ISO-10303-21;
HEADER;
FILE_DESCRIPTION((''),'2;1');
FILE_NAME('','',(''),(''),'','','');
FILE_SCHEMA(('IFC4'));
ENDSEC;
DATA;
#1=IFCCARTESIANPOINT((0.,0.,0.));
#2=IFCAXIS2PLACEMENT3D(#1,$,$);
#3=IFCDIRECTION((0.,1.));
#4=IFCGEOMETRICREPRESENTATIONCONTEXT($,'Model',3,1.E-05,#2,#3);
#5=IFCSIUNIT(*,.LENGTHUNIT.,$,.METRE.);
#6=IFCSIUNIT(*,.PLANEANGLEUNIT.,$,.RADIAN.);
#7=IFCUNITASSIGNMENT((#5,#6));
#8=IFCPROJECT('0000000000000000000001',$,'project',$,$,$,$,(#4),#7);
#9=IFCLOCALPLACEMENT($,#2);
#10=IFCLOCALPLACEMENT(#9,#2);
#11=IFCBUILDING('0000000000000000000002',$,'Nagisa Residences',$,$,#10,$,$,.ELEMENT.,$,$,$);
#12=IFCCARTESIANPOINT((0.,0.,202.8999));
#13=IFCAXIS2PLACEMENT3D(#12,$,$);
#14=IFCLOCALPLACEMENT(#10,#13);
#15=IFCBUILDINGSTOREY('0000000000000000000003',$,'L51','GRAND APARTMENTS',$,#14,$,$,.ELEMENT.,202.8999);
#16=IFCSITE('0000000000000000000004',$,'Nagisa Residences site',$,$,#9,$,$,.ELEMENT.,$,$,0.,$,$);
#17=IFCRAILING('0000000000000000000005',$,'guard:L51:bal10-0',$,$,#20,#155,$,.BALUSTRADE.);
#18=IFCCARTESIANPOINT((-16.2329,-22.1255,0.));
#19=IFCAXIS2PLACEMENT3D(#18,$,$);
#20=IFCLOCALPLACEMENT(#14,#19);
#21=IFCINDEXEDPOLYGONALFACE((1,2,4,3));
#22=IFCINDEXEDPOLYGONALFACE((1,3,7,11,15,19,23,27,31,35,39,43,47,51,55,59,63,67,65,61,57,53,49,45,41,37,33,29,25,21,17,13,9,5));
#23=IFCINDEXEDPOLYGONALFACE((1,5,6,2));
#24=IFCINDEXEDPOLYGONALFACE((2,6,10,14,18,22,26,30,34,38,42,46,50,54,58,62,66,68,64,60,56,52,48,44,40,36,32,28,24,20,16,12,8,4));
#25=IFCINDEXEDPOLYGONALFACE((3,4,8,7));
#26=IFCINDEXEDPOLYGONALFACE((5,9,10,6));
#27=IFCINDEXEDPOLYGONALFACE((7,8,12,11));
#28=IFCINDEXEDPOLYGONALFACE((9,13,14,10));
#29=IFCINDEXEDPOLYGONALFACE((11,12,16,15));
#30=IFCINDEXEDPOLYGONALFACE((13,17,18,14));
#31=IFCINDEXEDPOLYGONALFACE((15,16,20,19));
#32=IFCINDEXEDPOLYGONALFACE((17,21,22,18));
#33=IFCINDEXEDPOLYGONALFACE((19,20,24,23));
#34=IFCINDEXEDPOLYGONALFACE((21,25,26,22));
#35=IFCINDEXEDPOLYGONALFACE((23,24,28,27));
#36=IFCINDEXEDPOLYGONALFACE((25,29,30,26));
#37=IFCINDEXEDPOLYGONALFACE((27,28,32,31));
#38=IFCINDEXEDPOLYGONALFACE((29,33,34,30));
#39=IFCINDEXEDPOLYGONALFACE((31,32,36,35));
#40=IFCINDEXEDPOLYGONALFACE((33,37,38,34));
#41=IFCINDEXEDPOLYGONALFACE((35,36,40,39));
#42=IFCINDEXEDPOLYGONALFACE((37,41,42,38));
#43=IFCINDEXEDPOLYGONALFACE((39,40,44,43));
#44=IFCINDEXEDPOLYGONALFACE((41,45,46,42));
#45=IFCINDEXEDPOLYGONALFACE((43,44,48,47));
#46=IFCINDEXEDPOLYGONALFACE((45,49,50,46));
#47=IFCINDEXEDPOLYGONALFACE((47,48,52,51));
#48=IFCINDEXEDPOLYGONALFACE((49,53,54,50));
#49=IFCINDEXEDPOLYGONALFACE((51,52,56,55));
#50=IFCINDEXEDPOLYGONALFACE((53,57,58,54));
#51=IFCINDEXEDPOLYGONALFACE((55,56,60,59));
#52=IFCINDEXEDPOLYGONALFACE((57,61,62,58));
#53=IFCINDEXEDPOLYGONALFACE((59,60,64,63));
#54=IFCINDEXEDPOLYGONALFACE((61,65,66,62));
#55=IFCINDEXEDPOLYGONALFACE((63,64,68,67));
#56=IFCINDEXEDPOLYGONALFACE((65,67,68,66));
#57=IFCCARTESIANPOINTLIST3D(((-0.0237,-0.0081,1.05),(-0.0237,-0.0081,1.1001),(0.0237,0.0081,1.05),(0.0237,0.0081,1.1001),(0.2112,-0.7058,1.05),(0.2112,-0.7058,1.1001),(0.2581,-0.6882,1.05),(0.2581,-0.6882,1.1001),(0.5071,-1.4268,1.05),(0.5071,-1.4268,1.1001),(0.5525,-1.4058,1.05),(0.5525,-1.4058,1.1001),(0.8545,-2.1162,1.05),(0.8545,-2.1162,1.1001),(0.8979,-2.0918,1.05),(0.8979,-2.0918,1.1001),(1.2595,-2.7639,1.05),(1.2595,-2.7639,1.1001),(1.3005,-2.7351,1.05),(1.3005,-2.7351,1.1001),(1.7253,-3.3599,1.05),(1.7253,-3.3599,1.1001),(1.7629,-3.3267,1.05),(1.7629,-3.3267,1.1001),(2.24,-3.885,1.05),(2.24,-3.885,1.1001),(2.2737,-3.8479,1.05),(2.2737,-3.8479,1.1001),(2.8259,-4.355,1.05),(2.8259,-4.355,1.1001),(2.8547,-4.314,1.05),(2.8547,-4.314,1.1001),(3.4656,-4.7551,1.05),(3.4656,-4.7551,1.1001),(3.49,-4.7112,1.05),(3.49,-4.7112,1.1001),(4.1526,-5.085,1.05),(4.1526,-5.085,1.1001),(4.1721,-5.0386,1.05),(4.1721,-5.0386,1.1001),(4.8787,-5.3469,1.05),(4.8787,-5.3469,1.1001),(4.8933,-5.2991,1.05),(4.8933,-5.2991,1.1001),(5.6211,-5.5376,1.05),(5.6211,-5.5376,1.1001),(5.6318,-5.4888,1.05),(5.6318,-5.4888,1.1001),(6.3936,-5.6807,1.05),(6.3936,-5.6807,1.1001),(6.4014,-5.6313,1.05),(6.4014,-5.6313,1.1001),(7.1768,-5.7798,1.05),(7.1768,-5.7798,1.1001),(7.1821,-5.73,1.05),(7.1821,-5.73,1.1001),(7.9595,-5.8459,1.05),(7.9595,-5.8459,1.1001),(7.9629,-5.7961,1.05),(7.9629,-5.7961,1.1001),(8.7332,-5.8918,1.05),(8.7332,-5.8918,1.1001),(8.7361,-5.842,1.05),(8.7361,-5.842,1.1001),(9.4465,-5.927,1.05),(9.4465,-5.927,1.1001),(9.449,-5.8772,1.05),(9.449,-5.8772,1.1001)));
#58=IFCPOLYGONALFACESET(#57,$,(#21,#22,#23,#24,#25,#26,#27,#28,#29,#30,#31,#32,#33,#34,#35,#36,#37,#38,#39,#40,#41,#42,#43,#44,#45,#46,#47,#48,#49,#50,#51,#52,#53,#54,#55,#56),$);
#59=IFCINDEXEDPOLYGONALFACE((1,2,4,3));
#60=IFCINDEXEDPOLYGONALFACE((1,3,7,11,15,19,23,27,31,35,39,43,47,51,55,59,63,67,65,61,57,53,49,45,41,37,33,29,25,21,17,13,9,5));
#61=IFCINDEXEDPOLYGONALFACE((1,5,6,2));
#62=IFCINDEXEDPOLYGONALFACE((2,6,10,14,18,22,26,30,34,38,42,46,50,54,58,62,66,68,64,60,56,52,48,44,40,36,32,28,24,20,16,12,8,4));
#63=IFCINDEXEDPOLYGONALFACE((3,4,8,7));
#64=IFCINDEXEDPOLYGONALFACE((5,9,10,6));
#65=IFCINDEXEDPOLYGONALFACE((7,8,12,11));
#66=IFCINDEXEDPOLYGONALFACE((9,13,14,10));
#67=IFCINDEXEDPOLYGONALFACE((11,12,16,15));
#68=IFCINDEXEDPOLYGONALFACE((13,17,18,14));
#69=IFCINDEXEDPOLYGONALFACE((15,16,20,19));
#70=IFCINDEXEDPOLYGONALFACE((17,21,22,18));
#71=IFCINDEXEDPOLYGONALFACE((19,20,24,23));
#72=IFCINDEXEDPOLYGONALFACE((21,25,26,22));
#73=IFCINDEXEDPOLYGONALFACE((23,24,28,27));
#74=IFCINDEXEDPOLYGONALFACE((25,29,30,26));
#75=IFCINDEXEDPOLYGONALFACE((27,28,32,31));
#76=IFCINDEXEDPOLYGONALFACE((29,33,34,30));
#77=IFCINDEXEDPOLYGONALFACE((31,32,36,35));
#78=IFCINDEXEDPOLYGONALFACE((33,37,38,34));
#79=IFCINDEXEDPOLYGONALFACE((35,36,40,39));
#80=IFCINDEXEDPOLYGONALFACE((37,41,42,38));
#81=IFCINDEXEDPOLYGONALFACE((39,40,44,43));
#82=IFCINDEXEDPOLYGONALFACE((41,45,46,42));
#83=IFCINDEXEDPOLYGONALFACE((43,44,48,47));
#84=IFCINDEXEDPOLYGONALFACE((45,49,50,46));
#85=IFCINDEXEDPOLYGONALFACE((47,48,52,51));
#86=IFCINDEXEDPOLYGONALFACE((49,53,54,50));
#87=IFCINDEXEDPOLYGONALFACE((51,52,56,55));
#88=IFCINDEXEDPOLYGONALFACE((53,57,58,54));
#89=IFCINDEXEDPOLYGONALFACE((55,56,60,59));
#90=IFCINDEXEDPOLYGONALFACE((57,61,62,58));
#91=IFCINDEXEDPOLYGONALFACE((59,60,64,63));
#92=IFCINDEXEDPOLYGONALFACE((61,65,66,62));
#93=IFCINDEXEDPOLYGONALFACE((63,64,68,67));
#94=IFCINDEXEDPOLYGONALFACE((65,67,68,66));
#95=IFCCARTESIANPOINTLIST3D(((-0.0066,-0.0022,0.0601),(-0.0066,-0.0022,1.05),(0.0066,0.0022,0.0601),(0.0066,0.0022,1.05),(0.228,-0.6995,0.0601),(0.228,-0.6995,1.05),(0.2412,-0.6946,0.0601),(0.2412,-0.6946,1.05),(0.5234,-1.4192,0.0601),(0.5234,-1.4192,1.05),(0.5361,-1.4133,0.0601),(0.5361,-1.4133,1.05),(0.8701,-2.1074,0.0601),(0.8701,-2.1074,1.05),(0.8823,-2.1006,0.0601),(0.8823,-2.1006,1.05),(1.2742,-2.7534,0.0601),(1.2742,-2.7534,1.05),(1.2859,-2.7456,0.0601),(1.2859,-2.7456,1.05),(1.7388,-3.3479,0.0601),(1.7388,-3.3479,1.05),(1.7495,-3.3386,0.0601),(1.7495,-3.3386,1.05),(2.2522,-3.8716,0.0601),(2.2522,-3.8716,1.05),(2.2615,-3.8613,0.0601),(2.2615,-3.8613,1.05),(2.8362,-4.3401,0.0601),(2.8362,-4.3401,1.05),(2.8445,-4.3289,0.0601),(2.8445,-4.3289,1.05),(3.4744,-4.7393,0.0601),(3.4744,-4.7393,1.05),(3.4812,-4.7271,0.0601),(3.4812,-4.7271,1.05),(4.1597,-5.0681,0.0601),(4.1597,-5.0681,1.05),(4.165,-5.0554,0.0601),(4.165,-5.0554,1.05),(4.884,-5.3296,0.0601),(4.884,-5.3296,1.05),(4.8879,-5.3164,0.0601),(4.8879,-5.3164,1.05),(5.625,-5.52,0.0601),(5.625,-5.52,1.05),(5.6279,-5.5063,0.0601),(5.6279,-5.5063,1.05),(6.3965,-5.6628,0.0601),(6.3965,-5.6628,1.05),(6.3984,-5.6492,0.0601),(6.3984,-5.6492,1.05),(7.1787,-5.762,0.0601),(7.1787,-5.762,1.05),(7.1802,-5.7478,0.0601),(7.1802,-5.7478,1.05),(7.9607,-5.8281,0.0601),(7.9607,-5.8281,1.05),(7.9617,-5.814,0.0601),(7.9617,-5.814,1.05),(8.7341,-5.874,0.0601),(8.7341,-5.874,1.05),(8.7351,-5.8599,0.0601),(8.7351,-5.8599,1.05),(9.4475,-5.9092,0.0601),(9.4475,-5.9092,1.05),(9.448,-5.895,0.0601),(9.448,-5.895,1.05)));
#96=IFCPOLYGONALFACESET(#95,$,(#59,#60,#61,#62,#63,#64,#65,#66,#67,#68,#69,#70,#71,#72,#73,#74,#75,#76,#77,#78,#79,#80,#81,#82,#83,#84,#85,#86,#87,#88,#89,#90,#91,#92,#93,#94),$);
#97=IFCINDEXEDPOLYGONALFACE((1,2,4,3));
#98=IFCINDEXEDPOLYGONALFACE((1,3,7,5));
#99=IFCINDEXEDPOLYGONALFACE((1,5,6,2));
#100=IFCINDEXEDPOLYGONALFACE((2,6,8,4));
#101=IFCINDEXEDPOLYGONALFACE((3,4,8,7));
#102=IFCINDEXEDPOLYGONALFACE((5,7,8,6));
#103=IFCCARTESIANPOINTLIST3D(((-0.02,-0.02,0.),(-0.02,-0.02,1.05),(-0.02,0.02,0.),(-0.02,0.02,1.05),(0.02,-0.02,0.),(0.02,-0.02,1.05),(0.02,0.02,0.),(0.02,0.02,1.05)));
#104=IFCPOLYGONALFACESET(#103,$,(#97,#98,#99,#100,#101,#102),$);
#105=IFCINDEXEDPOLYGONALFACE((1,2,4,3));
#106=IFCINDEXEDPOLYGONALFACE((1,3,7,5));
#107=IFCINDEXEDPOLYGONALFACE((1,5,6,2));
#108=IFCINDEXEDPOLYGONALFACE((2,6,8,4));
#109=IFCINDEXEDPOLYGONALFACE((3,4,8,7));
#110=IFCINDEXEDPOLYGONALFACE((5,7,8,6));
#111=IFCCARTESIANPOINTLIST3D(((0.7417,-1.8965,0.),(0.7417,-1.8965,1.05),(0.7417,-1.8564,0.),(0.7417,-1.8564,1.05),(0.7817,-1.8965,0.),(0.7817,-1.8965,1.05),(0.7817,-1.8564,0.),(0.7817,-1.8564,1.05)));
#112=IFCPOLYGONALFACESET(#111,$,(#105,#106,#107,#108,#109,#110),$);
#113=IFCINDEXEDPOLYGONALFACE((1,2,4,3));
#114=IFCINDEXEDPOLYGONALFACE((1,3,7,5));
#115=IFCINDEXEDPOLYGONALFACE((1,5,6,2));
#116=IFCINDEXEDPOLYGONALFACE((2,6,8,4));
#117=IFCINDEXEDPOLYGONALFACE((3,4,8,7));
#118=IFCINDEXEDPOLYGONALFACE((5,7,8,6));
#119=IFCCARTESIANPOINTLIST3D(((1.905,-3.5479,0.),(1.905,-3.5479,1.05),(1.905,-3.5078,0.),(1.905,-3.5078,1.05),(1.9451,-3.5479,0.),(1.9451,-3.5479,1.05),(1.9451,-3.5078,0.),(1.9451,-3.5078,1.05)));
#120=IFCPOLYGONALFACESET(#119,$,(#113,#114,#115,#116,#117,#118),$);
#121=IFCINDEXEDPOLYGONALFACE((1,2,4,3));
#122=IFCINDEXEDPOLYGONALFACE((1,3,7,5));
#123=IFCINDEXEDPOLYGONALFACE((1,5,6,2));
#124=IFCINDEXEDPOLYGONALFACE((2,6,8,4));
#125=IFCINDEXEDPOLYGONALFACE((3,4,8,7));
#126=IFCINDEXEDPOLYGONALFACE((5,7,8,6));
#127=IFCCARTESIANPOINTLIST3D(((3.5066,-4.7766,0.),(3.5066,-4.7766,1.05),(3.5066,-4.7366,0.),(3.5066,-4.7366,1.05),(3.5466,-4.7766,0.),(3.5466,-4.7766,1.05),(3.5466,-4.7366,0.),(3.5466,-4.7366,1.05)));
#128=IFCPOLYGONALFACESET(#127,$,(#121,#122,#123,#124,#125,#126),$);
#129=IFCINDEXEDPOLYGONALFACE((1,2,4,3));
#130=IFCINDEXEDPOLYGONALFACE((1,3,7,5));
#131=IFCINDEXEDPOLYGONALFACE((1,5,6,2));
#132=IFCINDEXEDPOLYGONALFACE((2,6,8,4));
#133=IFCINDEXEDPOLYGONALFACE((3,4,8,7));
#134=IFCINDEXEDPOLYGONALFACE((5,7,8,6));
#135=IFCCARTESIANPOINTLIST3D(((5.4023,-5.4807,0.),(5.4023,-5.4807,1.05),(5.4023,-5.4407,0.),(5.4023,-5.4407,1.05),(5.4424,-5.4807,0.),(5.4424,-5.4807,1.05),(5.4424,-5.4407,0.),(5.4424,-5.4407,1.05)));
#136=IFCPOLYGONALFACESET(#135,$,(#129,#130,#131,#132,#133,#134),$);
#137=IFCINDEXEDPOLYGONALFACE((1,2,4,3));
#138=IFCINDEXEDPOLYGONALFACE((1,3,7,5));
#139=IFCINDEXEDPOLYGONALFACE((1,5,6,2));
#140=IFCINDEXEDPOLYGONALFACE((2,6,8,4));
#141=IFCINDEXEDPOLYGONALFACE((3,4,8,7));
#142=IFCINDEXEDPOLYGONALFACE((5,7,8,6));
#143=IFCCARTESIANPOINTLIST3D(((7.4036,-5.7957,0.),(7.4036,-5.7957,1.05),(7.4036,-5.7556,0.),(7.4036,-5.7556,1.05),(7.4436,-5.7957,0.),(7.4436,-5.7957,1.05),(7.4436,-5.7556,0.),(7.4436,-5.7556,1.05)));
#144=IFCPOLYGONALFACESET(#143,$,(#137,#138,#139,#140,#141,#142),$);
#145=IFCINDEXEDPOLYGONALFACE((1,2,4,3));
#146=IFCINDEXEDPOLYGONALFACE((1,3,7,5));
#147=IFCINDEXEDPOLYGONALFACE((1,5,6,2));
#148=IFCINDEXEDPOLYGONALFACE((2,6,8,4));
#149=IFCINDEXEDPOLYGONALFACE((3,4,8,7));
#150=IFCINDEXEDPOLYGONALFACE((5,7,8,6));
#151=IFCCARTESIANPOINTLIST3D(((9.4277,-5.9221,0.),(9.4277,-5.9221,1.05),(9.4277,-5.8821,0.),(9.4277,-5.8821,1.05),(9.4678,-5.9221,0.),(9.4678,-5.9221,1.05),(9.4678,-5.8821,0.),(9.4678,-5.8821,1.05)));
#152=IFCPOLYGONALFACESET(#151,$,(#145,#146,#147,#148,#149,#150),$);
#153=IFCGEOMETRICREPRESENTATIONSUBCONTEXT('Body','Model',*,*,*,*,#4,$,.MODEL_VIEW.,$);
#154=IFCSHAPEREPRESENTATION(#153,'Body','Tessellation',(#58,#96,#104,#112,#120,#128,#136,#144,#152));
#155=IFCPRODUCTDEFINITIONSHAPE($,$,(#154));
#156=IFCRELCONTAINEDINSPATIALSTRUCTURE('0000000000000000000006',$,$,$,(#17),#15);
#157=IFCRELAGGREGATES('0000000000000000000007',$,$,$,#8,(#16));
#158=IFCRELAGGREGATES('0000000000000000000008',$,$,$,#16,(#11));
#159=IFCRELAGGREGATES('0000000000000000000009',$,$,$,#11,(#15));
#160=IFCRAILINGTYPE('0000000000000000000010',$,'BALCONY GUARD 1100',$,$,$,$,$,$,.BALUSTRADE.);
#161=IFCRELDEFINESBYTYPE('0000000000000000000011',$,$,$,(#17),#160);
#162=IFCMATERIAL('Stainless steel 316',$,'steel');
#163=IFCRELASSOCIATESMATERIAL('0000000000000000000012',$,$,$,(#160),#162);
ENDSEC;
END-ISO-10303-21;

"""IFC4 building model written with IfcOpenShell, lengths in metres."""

from ifc_helpers import new_model, si_unit, direction, frame, origin, origin_2d, place, context, subcontext, project, spatial, polyline, rectangle, outline, extrude, material, type_object, element, save


model = new_model("IFC4")

# Units and contexts
model_context = context("Model", 3, precision=1e-05, world=origin(), true_north=direction((0.0, 1.0)))
body_context = subcontext(model_context, "Body", "Model", "MODEL_VIEW")
ifc_project = project(units=[si_unit("LENGTHUNIT", "METRE"), si_unit("PLANEANGLEUNIT", "RADIAN")], contexts=[model_context])

# Site, building, storey
site_placement = place(None, origin())
site = spatial("IfcSite", under=ifc_project, at=site_placement, Name="Nagisa Residences site", CompositionType="ELEMENT", RefElevation=0.0)
building_placement = place(site_placement, origin())
building = spatial("IfcBuilding", under=site, at=building_placement, Name="Nagisa Residences", CompositionType="ELEMENT")
storey_placement = place(building_placement, frame((0.0, 0.0, 202.8999)))
storey = spatial("IfcBuildingStorey", under=building, at=storey_placement, Name="L51", Description="GRAND APARTMENTS", CompositionType="ELEMENT", Elevation=202.8999)

# Railing
ifc_material_1 = material(Name="Stainless steel 316", Category="steel")
railing_type = type_object("IfcRailingType", Name="BALCONY GUARD 1100", PredefinedType="BALUSTRADE", material=ifc_material_1)
railing_1_placement = place(storey_placement, frame((-16.2329, -22.1255, 0.0)))
element("IfcRailing", 1, at=railing_1_placement, inside=storey, type_object=railing_type, Name="guard:L51:bal10-0", PredefinedType="BALUSTRADE", context=body_context, shape_type="SweptSolid", body=[
    extrude(outline(polyline([(0.2581, -0.6882), (0.0237, 0.0081), (-0.0237, -0.0081), (0.2112, -0.7058), (0.5071, -1.4268), (0.8545, -2.1162), (1.2595, -2.7639), (1.7253, -3.3599), (2.24, -3.885), (2.8259, -4.355), (3.4656, -4.7551), (4.1526, -5.085), (4.8787, -5.3469), (5.6211, -5.5376), (6.3936, -5.6807), (7.1768, -5.7798), (7.9595, -5.8459), (8.7332, -5.8918), (9.4465, -5.927), (9.449, -5.8772), (8.7361, -5.842), (7.9629, -5.7961), (7.1821, -5.73), (6.4014, -5.6313), (5.6318, -5.4888), (4.8933, -5.2991), (4.1721, -5.0386), (3.49, -4.7112), (2.8547, -4.314), (2.2737, -3.8479), (1.7629, -3.3267), (1.3005, -2.7351), (0.8979, -2.0918), (0.5525, -1.4058), (0.2581, -0.6882)])), frame((0.0, 0.0, 1.05)), (0.0, 0.0, 1.0), 0.05),
    extrude(outline(polyline([(0.2412, -0.6946), (0.0066, 0.0022), (-0.0066, -0.0022), (0.228, -0.6995), (0.5234, -1.4192), (0.8701, -2.1074), (1.2742, -2.7534), (1.7388, -3.3479), (2.2522, -3.8716), (2.8362, -4.3401), (3.4744, -4.7393), (4.1597, -5.0681), (4.884, -5.3296), (5.625, -5.52), (6.3965, -5.6628), (7.1787, -5.762), (7.9607, -5.8281), (8.7341, -5.874), (9.4475, -5.9092), (9.448, -5.895), (8.7351, -5.8599), (7.9617, -5.814), (7.1802, -5.7478), (6.3984, -5.6492), (5.6279, -5.5063), (4.8879, -5.3164), (4.165, -5.0554), (3.4812, -4.7271), (2.8445, -4.3289), (2.2615, -3.8613), (1.7495, -3.3386), (1.2859, -2.7456), (0.8823, -2.1006), (0.5361, -1.4133), (0.2412, -0.6946)])), frame((0.0, 0.0, 0.0601)), (0.0, 0.0, 1.0), 0.99),
    extrude(rectangle(XDim=0.04, YDim=0.04, at=origin_2d()), origin(), (0.0, 0.0, 1.0), 1.05),
    extrude(rectangle(XDim=0.04, YDim=0.04, at=origin_2d()), frame((0.7617, -1.8765, 0.0)), (0.0, 0.0, 1.0), 1.05),
    extrude(rectangle(XDim=0.04, YDim=0.04, at=origin_2d()), frame((1.925, -3.5278, 0.0)), (0.0, 0.0, 1.0), 1.05),
    extrude(rectangle(XDim=0.04, YDim=0.04, at=origin_2d()), frame((3.5266, -4.7566, 0.0)), (0.0, 0.0, 1.0), 1.05),
    extrude(rectangle(XDim=0.04, YDim=0.04, at=origin_2d()), frame((5.4224, -5.4607, 0.0)), (0.0, 0.0, 1.0), 1.05),
    extrude(rectangle(XDim=0.04, YDim=0.04, at=origin_2d()), frame((7.4236, -5.7756, 0.0)), (0.0, 0.0, 1.0), 1.05),
    extrude(rectangle(XDim=0.04, YDim=0.04, at=origin_2d()), frame((9.4478, -5.9021, 0.0)), (0.0, 0.0, 1.0), 1.05),
])

save(model, "model.ifc")
